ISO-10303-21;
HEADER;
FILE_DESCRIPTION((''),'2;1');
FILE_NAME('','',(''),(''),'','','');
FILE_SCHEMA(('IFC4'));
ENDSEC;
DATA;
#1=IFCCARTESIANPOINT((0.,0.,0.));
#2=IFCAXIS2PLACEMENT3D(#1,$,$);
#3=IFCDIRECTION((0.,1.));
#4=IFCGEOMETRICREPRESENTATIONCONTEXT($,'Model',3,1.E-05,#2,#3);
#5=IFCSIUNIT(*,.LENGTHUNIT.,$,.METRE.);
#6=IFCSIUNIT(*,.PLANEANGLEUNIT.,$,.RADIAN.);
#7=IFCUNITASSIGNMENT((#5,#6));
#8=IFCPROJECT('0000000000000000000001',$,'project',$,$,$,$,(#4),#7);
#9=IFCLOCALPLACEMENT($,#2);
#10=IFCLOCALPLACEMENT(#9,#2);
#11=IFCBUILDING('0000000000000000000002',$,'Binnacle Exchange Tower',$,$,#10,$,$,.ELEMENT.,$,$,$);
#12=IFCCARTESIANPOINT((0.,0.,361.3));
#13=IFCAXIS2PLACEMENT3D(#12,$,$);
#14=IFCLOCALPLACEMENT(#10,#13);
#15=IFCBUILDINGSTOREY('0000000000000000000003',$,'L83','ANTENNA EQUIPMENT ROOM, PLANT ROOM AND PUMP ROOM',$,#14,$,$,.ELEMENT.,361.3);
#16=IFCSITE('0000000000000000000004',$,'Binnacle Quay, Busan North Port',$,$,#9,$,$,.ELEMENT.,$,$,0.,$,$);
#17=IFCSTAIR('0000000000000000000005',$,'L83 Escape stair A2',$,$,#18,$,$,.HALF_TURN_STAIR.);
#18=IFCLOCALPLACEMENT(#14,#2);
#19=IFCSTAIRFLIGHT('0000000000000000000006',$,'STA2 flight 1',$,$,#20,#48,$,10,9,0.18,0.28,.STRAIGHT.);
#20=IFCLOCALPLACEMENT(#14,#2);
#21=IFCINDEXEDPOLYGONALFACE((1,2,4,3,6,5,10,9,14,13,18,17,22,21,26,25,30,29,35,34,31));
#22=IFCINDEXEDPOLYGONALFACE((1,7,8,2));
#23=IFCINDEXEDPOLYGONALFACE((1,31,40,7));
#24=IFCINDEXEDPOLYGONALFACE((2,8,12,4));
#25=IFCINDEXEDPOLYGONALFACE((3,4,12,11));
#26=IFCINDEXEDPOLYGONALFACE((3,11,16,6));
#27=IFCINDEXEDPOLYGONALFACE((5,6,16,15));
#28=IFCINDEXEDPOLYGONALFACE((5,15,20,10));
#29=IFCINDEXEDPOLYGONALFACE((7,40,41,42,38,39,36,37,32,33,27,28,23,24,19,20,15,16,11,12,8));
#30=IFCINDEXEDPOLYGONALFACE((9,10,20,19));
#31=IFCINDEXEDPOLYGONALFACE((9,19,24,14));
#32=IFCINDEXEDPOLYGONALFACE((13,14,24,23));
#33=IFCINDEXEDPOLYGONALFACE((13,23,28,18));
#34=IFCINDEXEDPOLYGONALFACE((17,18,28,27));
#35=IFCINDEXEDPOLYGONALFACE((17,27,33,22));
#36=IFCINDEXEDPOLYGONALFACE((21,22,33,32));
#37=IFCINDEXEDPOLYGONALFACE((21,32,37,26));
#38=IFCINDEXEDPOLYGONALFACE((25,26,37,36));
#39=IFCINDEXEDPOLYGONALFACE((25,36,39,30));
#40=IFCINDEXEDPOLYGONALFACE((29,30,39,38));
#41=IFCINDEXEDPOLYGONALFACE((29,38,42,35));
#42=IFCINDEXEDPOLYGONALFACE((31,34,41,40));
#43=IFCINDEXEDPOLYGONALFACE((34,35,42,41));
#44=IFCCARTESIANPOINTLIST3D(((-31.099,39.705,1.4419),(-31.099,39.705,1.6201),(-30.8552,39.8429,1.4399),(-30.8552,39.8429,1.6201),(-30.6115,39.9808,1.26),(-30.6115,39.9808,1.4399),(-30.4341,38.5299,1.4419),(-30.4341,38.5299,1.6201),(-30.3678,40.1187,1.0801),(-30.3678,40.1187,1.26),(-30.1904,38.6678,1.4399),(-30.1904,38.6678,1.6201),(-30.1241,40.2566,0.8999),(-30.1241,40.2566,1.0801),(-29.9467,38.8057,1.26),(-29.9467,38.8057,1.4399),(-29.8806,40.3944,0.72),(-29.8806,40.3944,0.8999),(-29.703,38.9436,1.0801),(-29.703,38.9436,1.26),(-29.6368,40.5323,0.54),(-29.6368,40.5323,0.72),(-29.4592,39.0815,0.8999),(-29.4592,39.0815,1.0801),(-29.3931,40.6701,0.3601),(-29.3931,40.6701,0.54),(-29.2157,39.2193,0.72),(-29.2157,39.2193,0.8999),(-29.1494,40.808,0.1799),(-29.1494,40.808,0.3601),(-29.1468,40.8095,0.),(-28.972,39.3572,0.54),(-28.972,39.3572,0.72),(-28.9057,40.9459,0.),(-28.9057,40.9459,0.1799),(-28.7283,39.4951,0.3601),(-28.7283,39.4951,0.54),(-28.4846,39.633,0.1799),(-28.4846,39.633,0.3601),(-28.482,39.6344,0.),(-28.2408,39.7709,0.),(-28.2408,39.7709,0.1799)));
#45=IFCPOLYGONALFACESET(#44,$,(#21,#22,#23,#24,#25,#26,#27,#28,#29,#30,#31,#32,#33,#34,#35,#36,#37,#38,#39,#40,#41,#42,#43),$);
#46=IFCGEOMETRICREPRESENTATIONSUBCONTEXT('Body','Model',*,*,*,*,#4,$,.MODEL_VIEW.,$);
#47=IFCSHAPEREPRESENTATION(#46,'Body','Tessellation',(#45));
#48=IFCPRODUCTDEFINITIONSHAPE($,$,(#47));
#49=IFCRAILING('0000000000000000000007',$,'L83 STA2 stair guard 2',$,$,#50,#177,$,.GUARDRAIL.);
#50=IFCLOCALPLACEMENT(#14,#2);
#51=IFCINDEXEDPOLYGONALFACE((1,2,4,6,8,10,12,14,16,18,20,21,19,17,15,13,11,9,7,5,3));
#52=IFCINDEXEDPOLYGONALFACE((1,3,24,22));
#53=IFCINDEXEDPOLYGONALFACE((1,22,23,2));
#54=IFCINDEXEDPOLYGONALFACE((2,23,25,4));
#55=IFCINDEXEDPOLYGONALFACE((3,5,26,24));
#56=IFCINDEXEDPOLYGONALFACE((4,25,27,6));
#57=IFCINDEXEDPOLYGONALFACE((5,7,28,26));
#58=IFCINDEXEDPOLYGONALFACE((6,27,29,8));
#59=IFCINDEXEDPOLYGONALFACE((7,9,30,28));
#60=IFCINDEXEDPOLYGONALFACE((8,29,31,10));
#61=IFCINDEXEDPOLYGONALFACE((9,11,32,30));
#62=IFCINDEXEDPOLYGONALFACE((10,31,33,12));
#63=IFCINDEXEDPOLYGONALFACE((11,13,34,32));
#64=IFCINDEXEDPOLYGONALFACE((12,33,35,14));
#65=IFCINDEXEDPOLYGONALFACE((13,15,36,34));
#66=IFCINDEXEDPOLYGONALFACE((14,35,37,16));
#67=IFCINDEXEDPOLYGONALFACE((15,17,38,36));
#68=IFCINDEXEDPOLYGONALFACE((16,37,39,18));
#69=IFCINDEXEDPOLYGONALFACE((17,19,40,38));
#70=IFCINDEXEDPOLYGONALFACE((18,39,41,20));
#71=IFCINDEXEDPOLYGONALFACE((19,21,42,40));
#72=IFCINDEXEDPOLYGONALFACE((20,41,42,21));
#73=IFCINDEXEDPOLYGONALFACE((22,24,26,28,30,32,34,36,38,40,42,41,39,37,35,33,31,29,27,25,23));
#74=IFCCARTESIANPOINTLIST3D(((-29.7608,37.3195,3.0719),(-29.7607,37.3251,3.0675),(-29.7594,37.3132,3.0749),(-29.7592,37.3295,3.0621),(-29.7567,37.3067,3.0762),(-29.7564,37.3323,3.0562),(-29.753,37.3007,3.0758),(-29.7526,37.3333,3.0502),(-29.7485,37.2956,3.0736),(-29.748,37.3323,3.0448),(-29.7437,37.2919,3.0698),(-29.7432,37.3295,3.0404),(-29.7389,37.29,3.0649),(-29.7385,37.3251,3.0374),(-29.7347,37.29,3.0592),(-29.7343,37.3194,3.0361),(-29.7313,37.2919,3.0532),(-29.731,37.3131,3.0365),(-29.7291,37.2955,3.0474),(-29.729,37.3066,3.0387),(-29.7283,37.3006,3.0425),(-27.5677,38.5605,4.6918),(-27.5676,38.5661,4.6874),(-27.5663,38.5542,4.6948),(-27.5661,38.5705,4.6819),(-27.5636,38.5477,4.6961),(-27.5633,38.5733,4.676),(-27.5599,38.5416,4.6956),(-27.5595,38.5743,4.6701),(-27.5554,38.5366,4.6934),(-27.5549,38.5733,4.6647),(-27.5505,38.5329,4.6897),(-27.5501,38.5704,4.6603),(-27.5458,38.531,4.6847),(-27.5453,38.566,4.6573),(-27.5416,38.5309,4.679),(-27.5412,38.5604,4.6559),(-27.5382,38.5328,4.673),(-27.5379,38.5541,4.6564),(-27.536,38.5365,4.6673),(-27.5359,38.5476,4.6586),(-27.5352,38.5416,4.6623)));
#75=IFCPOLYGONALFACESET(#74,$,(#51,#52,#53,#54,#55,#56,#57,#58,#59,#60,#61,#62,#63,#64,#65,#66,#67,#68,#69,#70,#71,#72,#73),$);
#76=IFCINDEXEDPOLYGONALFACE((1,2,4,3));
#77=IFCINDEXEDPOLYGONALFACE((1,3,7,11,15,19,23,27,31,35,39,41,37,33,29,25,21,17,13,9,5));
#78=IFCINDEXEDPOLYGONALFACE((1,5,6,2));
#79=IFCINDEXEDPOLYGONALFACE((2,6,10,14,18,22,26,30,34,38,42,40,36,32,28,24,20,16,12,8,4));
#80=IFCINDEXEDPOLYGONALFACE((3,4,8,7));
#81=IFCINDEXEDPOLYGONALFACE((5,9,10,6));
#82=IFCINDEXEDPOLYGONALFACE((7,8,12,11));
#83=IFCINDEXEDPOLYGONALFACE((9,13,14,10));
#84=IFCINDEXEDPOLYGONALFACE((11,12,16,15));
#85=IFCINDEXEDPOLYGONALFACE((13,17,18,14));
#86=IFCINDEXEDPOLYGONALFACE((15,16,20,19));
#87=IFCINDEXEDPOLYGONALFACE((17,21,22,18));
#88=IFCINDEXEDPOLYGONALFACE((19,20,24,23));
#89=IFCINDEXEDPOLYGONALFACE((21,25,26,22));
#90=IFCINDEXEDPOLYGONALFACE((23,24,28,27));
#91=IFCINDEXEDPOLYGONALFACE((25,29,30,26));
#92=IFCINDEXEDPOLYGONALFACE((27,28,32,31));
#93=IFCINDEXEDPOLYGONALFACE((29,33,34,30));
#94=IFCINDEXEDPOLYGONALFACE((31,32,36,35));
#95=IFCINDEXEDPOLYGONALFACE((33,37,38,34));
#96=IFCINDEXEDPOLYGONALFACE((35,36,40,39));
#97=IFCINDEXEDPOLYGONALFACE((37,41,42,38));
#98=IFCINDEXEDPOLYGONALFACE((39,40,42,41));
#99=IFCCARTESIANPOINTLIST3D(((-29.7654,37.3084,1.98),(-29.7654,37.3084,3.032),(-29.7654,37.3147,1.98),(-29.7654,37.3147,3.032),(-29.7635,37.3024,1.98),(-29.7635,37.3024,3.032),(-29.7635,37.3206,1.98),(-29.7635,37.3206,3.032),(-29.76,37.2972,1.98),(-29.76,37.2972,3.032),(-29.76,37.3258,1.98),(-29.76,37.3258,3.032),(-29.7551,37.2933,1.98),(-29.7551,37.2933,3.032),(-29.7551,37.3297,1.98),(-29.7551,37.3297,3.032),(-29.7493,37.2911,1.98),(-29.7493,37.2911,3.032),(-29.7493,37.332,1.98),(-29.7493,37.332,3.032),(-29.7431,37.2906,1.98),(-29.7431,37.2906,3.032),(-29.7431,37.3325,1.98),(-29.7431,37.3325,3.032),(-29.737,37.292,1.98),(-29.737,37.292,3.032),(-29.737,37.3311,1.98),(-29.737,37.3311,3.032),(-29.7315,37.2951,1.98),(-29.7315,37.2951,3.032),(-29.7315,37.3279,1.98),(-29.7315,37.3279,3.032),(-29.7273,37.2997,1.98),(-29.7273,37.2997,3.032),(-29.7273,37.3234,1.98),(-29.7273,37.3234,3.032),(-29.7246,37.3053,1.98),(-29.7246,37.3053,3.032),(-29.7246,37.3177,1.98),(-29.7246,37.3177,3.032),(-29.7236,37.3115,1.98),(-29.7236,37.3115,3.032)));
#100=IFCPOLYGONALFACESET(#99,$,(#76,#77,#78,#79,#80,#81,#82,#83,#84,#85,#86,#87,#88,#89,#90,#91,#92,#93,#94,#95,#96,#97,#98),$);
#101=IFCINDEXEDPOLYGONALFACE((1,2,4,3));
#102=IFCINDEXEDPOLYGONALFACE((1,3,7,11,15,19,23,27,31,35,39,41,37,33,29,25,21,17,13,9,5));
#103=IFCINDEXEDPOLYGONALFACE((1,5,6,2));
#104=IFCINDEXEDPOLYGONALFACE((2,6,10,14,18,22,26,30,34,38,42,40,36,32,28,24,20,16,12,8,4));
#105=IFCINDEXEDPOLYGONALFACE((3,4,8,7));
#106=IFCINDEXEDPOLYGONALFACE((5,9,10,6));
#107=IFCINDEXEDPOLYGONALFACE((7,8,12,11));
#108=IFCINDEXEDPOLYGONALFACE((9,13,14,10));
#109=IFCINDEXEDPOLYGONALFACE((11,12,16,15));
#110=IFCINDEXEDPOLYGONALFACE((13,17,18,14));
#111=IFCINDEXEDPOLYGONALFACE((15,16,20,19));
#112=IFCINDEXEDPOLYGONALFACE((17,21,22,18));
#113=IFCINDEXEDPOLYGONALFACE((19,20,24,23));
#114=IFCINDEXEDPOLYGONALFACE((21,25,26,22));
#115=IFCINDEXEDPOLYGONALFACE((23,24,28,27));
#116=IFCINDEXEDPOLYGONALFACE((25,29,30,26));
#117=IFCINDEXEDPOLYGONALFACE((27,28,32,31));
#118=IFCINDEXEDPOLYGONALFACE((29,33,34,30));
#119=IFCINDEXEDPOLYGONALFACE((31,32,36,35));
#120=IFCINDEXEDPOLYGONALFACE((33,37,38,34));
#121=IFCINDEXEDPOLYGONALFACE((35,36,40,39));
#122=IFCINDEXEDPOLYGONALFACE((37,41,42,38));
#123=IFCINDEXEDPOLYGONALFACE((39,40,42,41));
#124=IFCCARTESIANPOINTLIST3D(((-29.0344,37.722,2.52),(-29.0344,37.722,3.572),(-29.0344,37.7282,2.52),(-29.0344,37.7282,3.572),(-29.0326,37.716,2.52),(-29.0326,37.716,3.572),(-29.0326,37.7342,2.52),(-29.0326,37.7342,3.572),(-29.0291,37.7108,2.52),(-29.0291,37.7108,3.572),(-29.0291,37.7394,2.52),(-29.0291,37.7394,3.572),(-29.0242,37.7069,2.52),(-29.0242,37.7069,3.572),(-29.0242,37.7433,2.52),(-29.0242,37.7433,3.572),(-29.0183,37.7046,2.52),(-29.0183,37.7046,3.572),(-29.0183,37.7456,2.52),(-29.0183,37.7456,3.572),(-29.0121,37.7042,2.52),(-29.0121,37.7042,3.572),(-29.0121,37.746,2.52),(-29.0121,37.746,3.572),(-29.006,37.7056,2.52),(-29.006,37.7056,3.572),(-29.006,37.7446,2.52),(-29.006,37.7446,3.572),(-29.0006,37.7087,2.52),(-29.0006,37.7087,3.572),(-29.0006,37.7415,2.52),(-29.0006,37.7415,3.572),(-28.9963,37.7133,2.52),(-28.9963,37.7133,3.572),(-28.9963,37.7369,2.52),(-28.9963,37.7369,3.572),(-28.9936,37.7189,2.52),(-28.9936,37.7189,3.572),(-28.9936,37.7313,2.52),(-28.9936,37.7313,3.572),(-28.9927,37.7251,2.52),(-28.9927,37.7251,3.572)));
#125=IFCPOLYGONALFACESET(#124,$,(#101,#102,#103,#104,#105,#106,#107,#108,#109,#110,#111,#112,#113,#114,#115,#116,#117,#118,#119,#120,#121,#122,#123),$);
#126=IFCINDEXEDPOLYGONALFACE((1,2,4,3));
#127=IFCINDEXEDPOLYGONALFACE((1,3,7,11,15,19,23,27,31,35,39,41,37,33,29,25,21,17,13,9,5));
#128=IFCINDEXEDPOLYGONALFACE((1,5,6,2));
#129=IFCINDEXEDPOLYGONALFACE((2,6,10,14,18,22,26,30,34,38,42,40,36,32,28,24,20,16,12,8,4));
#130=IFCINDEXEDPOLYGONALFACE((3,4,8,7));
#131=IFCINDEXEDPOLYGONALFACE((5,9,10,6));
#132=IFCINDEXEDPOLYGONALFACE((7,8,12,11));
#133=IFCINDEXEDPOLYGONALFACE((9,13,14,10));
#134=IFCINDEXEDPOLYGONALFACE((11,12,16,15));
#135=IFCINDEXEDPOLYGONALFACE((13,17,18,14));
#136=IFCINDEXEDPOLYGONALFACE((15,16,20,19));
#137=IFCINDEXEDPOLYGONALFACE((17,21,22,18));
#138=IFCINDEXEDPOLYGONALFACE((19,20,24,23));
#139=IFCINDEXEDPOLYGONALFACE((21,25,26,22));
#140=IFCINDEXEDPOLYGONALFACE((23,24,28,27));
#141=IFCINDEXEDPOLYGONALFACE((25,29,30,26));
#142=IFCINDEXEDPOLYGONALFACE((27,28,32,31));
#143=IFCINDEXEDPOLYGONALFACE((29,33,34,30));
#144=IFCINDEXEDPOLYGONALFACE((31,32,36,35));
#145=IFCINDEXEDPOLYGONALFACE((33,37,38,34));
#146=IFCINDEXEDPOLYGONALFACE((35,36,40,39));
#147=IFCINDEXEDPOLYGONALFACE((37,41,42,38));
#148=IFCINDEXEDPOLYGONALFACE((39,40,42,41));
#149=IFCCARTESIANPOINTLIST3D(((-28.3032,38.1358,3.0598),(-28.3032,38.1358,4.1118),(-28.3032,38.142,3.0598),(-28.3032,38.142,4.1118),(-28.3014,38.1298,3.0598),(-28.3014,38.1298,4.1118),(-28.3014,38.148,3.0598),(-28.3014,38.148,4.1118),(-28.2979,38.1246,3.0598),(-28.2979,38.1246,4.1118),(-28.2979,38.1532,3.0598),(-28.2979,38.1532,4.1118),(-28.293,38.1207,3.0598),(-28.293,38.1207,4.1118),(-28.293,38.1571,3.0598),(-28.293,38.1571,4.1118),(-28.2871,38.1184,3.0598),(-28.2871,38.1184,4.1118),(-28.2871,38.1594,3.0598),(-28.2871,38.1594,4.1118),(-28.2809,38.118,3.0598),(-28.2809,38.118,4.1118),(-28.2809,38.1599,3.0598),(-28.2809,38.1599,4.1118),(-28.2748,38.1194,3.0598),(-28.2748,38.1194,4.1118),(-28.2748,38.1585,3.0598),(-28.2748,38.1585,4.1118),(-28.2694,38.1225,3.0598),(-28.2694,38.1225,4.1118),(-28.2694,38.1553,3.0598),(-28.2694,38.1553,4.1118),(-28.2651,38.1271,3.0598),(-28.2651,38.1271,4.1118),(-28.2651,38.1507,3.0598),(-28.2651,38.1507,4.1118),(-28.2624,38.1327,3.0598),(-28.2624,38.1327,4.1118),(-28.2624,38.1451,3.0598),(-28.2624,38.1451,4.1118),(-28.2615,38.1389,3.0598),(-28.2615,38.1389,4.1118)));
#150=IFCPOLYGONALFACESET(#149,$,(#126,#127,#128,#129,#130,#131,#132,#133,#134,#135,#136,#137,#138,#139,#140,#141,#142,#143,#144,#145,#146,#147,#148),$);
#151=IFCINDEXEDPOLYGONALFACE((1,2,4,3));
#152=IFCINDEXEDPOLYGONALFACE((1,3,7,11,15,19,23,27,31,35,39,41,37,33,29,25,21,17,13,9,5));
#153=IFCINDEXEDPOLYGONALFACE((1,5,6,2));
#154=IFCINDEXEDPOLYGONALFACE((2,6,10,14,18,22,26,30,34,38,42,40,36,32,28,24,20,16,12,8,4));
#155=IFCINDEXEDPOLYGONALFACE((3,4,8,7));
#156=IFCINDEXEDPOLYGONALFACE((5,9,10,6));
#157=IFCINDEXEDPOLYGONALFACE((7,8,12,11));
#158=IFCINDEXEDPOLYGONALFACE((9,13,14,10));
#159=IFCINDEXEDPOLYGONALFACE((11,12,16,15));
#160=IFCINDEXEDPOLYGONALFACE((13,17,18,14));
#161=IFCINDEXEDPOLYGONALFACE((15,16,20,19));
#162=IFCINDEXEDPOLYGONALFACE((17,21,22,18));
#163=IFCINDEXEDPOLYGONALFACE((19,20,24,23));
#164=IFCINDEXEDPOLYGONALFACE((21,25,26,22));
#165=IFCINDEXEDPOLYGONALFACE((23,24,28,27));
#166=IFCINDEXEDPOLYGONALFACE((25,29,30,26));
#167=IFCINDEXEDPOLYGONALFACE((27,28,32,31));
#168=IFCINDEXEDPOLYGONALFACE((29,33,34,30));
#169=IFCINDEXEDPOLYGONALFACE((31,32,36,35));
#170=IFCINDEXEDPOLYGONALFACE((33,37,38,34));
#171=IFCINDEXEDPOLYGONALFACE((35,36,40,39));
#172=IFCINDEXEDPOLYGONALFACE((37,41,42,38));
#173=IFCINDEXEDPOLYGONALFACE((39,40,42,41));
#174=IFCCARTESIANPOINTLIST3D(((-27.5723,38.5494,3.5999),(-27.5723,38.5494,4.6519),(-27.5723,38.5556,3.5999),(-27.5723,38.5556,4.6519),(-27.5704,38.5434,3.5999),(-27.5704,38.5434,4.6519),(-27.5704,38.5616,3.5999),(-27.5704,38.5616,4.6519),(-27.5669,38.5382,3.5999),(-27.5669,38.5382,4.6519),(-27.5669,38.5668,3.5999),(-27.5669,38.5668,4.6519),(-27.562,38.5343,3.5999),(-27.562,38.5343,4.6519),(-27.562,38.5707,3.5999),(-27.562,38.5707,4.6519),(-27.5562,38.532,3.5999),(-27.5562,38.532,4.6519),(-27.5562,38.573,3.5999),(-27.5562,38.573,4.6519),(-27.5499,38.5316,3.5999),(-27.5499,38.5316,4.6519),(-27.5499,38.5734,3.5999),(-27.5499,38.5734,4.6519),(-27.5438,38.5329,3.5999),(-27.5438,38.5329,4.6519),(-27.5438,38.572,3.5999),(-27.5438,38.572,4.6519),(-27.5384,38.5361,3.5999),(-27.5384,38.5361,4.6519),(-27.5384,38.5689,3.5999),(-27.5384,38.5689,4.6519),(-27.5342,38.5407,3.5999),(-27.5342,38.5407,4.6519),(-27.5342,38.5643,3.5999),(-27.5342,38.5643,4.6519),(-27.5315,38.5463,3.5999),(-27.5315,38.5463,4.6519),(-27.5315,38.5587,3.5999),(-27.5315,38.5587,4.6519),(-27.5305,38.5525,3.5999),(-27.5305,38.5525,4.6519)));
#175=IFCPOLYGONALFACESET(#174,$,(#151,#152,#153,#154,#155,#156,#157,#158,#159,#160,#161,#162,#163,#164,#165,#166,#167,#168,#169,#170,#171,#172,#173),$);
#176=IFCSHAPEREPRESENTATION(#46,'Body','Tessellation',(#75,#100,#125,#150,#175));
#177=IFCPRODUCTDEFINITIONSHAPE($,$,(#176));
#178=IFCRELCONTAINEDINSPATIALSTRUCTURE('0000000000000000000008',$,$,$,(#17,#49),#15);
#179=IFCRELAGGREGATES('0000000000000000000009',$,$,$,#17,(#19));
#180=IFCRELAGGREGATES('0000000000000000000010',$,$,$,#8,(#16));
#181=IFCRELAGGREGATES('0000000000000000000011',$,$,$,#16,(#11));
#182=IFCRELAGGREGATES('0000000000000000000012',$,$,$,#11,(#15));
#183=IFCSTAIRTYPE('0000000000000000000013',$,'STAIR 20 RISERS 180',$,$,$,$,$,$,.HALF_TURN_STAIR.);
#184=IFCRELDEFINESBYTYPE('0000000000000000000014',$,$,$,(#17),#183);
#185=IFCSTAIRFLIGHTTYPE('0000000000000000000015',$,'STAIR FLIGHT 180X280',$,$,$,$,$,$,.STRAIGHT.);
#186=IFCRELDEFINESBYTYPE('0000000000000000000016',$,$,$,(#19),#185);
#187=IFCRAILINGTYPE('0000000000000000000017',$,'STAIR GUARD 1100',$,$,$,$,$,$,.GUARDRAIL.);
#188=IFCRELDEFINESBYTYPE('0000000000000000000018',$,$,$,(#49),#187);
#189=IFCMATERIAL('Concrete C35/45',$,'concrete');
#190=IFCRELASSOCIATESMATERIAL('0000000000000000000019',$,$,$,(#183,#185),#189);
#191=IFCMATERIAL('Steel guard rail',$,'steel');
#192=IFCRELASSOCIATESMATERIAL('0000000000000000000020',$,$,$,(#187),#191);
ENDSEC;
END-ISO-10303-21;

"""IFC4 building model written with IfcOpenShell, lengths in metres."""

from ifc_helpers import new_model, si_unit, direction, frame, origin, origin_2d, place, context, subcontext, project, spatial, polyline, circle, outline, extrude, material, type_object, element, aggregate, save


model = new_model("IFC4")

# Units and contexts
model_context = context("Model", 3, precision=1e-05, world=origin(), true_north=direction((0.0, 1.0)))
body_context = subcontext(model_context, "Body", "Model", "MODEL_VIEW")
ifc_project = project(units=[si_unit("LENGTHUNIT", "METRE"), si_unit("PLANEANGLEUNIT", "RADIAN")], contexts=[model_context])

# Site, building, storey
site_placement = place(None, origin())
site = spatial("IfcSite", under=ifc_project, at=site_placement, Name="Binnacle Quay, Busan North Port", CompositionType="ELEMENT", RefElevation=0.0)
building_placement = place(site_placement, origin())
building = spatial("IfcBuilding", under=site, at=building_placement, Name="Binnacle Exchange Tower", CompositionType="ELEMENT")
storey_placement = place(building_placement, frame((0.0, 0.0, 361.3)))
storey = spatial("IfcBuildingStorey", under=building, at=storey_placement, Name="L83", Description="ANTENNA EQUIPMENT ROOM, PLANT ROOM AND PUMP ROOM", CompositionType="ELEMENT", Elevation=361.3)

# Stair, stair flight
ifc_material_1 = material(Name="Concrete C35/45", Category="concrete")
stair_type = type_object("IfcStairType", Name="STAIR 20 RISERS 180", PredefinedType="HALF_TURN_STAIR", material=ifc_material_1)
stair_placement = place(storey_placement, origin())
stair = element("IfcStair", 1, at=stair_placement, inside=storey, type_object=stair_type, Name="L83 Escape stair A2", PredefinedType="HALF_TURN_STAIR")
stair_flight_type = type_object("IfcStairFlightType", Name="STAIR FLIGHT 180X280", PredefinedType="STRAIGHT", material=ifc_material_1)
stair_flight_placement = place(storey_placement, frame((-28.5732, 40.3584, 0.0), z_axis=(0.0, 0.0, 1.0), x_axis=(-0.870356, -0.492424, 0.0)))
stair_flight = element("IfcStairFlight", 2, at=stair_flight_placement, type_object=stair_flight_type, Name="STA2 flight 1", NumberOfRisers=10, NumberOfTreads=9, PredefinedType="STRAIGHT", RiserHeight=0.18, TreadLength=0.28, context=body_context, shape_type="SweptSolid", body=[
    extrude(outline(polyline([(0.0, 0.0), (0.0, 0.1799), (0.28, 0.1799), (0.28, 0.3601), (0.5601, 0.3601), (0.5601, 0.54), (0.8401, 0.54), (0.8401, 0.72), (1.1201, 0.72), (1.1201, 0.8999), (1.3999, 0.8999), (1.3999, 1.0801), (1.6799, 1.0801), (1.6799, 1.26), (1.96, 1.26), (1.96, 1.4399), (2.24, 1.4399), (2.24, 1.6201), (2.52, 1.6201), (2.52, 1.8), (2.52, 1.4419), (0.2771, 0.0), (0.0, 0.0)])), frame((0.0, 0.675, 0.0), z_axis=(0.0, -1.0, 0.0), x_axis=(1.0, 0.0, 0.0)), (0.0, 0.0, 1.0), 1.3501),
])
aggregate(stair, [stair_flight])

# Railing
ifc_material_2 = material(Name="Steel guard rail", Category="steel")
railing_type_1 = type_object("IfcRailingType", Name="STAIR GUARD 1100", PredefinedType="GUARDRAIL", material=ifc_material_2)
railing_1_placement = place(storey_placement, frame((-29.7446, 37.3115, 1.98)))
element("IfcRailing", 3, at=railing_1_placement, inside=storey, type_object=railing_type_1, Name="L83 STA2 stair guard 2", PredefinedType="GUARDRAIL", context=body_context, shape_type="SweptSolid", body=[
    extrude(circle(Radius=0.0239, at=origin_2d()), frame((0.0, 0.0, 1.0762), z_axis=(0.732107, 0.41426, 0.540747), x_axis=(-0.492472, 0.870328, 0.0)), (0.0, 0.0, 1.0), 2.9956),
    extrude(circle(Radius=0.021, at=origin_2d()), origin(), (0.0, 0.0, 1.0), 1.052),
    extrude(circle(Radius=0.021, at=origin_2d()), frame((0.731, 0.4136, 0.54)), (0.0, 0.0, 1.0), 1.052),
    extrude(circle(Radius=0.021, at=origin_2d()), frame((1.4622, 0.8274, 1.0798)), (0.0, 0.0, 1.0), 1.052),
    extrude(circle(Radius=0.021, at=origin_2d()), frame((2.1931, 1.241, 1.6199)), (0.0, 0.0, 1.0), 1.052),
])

save(model, "model.ifc")
